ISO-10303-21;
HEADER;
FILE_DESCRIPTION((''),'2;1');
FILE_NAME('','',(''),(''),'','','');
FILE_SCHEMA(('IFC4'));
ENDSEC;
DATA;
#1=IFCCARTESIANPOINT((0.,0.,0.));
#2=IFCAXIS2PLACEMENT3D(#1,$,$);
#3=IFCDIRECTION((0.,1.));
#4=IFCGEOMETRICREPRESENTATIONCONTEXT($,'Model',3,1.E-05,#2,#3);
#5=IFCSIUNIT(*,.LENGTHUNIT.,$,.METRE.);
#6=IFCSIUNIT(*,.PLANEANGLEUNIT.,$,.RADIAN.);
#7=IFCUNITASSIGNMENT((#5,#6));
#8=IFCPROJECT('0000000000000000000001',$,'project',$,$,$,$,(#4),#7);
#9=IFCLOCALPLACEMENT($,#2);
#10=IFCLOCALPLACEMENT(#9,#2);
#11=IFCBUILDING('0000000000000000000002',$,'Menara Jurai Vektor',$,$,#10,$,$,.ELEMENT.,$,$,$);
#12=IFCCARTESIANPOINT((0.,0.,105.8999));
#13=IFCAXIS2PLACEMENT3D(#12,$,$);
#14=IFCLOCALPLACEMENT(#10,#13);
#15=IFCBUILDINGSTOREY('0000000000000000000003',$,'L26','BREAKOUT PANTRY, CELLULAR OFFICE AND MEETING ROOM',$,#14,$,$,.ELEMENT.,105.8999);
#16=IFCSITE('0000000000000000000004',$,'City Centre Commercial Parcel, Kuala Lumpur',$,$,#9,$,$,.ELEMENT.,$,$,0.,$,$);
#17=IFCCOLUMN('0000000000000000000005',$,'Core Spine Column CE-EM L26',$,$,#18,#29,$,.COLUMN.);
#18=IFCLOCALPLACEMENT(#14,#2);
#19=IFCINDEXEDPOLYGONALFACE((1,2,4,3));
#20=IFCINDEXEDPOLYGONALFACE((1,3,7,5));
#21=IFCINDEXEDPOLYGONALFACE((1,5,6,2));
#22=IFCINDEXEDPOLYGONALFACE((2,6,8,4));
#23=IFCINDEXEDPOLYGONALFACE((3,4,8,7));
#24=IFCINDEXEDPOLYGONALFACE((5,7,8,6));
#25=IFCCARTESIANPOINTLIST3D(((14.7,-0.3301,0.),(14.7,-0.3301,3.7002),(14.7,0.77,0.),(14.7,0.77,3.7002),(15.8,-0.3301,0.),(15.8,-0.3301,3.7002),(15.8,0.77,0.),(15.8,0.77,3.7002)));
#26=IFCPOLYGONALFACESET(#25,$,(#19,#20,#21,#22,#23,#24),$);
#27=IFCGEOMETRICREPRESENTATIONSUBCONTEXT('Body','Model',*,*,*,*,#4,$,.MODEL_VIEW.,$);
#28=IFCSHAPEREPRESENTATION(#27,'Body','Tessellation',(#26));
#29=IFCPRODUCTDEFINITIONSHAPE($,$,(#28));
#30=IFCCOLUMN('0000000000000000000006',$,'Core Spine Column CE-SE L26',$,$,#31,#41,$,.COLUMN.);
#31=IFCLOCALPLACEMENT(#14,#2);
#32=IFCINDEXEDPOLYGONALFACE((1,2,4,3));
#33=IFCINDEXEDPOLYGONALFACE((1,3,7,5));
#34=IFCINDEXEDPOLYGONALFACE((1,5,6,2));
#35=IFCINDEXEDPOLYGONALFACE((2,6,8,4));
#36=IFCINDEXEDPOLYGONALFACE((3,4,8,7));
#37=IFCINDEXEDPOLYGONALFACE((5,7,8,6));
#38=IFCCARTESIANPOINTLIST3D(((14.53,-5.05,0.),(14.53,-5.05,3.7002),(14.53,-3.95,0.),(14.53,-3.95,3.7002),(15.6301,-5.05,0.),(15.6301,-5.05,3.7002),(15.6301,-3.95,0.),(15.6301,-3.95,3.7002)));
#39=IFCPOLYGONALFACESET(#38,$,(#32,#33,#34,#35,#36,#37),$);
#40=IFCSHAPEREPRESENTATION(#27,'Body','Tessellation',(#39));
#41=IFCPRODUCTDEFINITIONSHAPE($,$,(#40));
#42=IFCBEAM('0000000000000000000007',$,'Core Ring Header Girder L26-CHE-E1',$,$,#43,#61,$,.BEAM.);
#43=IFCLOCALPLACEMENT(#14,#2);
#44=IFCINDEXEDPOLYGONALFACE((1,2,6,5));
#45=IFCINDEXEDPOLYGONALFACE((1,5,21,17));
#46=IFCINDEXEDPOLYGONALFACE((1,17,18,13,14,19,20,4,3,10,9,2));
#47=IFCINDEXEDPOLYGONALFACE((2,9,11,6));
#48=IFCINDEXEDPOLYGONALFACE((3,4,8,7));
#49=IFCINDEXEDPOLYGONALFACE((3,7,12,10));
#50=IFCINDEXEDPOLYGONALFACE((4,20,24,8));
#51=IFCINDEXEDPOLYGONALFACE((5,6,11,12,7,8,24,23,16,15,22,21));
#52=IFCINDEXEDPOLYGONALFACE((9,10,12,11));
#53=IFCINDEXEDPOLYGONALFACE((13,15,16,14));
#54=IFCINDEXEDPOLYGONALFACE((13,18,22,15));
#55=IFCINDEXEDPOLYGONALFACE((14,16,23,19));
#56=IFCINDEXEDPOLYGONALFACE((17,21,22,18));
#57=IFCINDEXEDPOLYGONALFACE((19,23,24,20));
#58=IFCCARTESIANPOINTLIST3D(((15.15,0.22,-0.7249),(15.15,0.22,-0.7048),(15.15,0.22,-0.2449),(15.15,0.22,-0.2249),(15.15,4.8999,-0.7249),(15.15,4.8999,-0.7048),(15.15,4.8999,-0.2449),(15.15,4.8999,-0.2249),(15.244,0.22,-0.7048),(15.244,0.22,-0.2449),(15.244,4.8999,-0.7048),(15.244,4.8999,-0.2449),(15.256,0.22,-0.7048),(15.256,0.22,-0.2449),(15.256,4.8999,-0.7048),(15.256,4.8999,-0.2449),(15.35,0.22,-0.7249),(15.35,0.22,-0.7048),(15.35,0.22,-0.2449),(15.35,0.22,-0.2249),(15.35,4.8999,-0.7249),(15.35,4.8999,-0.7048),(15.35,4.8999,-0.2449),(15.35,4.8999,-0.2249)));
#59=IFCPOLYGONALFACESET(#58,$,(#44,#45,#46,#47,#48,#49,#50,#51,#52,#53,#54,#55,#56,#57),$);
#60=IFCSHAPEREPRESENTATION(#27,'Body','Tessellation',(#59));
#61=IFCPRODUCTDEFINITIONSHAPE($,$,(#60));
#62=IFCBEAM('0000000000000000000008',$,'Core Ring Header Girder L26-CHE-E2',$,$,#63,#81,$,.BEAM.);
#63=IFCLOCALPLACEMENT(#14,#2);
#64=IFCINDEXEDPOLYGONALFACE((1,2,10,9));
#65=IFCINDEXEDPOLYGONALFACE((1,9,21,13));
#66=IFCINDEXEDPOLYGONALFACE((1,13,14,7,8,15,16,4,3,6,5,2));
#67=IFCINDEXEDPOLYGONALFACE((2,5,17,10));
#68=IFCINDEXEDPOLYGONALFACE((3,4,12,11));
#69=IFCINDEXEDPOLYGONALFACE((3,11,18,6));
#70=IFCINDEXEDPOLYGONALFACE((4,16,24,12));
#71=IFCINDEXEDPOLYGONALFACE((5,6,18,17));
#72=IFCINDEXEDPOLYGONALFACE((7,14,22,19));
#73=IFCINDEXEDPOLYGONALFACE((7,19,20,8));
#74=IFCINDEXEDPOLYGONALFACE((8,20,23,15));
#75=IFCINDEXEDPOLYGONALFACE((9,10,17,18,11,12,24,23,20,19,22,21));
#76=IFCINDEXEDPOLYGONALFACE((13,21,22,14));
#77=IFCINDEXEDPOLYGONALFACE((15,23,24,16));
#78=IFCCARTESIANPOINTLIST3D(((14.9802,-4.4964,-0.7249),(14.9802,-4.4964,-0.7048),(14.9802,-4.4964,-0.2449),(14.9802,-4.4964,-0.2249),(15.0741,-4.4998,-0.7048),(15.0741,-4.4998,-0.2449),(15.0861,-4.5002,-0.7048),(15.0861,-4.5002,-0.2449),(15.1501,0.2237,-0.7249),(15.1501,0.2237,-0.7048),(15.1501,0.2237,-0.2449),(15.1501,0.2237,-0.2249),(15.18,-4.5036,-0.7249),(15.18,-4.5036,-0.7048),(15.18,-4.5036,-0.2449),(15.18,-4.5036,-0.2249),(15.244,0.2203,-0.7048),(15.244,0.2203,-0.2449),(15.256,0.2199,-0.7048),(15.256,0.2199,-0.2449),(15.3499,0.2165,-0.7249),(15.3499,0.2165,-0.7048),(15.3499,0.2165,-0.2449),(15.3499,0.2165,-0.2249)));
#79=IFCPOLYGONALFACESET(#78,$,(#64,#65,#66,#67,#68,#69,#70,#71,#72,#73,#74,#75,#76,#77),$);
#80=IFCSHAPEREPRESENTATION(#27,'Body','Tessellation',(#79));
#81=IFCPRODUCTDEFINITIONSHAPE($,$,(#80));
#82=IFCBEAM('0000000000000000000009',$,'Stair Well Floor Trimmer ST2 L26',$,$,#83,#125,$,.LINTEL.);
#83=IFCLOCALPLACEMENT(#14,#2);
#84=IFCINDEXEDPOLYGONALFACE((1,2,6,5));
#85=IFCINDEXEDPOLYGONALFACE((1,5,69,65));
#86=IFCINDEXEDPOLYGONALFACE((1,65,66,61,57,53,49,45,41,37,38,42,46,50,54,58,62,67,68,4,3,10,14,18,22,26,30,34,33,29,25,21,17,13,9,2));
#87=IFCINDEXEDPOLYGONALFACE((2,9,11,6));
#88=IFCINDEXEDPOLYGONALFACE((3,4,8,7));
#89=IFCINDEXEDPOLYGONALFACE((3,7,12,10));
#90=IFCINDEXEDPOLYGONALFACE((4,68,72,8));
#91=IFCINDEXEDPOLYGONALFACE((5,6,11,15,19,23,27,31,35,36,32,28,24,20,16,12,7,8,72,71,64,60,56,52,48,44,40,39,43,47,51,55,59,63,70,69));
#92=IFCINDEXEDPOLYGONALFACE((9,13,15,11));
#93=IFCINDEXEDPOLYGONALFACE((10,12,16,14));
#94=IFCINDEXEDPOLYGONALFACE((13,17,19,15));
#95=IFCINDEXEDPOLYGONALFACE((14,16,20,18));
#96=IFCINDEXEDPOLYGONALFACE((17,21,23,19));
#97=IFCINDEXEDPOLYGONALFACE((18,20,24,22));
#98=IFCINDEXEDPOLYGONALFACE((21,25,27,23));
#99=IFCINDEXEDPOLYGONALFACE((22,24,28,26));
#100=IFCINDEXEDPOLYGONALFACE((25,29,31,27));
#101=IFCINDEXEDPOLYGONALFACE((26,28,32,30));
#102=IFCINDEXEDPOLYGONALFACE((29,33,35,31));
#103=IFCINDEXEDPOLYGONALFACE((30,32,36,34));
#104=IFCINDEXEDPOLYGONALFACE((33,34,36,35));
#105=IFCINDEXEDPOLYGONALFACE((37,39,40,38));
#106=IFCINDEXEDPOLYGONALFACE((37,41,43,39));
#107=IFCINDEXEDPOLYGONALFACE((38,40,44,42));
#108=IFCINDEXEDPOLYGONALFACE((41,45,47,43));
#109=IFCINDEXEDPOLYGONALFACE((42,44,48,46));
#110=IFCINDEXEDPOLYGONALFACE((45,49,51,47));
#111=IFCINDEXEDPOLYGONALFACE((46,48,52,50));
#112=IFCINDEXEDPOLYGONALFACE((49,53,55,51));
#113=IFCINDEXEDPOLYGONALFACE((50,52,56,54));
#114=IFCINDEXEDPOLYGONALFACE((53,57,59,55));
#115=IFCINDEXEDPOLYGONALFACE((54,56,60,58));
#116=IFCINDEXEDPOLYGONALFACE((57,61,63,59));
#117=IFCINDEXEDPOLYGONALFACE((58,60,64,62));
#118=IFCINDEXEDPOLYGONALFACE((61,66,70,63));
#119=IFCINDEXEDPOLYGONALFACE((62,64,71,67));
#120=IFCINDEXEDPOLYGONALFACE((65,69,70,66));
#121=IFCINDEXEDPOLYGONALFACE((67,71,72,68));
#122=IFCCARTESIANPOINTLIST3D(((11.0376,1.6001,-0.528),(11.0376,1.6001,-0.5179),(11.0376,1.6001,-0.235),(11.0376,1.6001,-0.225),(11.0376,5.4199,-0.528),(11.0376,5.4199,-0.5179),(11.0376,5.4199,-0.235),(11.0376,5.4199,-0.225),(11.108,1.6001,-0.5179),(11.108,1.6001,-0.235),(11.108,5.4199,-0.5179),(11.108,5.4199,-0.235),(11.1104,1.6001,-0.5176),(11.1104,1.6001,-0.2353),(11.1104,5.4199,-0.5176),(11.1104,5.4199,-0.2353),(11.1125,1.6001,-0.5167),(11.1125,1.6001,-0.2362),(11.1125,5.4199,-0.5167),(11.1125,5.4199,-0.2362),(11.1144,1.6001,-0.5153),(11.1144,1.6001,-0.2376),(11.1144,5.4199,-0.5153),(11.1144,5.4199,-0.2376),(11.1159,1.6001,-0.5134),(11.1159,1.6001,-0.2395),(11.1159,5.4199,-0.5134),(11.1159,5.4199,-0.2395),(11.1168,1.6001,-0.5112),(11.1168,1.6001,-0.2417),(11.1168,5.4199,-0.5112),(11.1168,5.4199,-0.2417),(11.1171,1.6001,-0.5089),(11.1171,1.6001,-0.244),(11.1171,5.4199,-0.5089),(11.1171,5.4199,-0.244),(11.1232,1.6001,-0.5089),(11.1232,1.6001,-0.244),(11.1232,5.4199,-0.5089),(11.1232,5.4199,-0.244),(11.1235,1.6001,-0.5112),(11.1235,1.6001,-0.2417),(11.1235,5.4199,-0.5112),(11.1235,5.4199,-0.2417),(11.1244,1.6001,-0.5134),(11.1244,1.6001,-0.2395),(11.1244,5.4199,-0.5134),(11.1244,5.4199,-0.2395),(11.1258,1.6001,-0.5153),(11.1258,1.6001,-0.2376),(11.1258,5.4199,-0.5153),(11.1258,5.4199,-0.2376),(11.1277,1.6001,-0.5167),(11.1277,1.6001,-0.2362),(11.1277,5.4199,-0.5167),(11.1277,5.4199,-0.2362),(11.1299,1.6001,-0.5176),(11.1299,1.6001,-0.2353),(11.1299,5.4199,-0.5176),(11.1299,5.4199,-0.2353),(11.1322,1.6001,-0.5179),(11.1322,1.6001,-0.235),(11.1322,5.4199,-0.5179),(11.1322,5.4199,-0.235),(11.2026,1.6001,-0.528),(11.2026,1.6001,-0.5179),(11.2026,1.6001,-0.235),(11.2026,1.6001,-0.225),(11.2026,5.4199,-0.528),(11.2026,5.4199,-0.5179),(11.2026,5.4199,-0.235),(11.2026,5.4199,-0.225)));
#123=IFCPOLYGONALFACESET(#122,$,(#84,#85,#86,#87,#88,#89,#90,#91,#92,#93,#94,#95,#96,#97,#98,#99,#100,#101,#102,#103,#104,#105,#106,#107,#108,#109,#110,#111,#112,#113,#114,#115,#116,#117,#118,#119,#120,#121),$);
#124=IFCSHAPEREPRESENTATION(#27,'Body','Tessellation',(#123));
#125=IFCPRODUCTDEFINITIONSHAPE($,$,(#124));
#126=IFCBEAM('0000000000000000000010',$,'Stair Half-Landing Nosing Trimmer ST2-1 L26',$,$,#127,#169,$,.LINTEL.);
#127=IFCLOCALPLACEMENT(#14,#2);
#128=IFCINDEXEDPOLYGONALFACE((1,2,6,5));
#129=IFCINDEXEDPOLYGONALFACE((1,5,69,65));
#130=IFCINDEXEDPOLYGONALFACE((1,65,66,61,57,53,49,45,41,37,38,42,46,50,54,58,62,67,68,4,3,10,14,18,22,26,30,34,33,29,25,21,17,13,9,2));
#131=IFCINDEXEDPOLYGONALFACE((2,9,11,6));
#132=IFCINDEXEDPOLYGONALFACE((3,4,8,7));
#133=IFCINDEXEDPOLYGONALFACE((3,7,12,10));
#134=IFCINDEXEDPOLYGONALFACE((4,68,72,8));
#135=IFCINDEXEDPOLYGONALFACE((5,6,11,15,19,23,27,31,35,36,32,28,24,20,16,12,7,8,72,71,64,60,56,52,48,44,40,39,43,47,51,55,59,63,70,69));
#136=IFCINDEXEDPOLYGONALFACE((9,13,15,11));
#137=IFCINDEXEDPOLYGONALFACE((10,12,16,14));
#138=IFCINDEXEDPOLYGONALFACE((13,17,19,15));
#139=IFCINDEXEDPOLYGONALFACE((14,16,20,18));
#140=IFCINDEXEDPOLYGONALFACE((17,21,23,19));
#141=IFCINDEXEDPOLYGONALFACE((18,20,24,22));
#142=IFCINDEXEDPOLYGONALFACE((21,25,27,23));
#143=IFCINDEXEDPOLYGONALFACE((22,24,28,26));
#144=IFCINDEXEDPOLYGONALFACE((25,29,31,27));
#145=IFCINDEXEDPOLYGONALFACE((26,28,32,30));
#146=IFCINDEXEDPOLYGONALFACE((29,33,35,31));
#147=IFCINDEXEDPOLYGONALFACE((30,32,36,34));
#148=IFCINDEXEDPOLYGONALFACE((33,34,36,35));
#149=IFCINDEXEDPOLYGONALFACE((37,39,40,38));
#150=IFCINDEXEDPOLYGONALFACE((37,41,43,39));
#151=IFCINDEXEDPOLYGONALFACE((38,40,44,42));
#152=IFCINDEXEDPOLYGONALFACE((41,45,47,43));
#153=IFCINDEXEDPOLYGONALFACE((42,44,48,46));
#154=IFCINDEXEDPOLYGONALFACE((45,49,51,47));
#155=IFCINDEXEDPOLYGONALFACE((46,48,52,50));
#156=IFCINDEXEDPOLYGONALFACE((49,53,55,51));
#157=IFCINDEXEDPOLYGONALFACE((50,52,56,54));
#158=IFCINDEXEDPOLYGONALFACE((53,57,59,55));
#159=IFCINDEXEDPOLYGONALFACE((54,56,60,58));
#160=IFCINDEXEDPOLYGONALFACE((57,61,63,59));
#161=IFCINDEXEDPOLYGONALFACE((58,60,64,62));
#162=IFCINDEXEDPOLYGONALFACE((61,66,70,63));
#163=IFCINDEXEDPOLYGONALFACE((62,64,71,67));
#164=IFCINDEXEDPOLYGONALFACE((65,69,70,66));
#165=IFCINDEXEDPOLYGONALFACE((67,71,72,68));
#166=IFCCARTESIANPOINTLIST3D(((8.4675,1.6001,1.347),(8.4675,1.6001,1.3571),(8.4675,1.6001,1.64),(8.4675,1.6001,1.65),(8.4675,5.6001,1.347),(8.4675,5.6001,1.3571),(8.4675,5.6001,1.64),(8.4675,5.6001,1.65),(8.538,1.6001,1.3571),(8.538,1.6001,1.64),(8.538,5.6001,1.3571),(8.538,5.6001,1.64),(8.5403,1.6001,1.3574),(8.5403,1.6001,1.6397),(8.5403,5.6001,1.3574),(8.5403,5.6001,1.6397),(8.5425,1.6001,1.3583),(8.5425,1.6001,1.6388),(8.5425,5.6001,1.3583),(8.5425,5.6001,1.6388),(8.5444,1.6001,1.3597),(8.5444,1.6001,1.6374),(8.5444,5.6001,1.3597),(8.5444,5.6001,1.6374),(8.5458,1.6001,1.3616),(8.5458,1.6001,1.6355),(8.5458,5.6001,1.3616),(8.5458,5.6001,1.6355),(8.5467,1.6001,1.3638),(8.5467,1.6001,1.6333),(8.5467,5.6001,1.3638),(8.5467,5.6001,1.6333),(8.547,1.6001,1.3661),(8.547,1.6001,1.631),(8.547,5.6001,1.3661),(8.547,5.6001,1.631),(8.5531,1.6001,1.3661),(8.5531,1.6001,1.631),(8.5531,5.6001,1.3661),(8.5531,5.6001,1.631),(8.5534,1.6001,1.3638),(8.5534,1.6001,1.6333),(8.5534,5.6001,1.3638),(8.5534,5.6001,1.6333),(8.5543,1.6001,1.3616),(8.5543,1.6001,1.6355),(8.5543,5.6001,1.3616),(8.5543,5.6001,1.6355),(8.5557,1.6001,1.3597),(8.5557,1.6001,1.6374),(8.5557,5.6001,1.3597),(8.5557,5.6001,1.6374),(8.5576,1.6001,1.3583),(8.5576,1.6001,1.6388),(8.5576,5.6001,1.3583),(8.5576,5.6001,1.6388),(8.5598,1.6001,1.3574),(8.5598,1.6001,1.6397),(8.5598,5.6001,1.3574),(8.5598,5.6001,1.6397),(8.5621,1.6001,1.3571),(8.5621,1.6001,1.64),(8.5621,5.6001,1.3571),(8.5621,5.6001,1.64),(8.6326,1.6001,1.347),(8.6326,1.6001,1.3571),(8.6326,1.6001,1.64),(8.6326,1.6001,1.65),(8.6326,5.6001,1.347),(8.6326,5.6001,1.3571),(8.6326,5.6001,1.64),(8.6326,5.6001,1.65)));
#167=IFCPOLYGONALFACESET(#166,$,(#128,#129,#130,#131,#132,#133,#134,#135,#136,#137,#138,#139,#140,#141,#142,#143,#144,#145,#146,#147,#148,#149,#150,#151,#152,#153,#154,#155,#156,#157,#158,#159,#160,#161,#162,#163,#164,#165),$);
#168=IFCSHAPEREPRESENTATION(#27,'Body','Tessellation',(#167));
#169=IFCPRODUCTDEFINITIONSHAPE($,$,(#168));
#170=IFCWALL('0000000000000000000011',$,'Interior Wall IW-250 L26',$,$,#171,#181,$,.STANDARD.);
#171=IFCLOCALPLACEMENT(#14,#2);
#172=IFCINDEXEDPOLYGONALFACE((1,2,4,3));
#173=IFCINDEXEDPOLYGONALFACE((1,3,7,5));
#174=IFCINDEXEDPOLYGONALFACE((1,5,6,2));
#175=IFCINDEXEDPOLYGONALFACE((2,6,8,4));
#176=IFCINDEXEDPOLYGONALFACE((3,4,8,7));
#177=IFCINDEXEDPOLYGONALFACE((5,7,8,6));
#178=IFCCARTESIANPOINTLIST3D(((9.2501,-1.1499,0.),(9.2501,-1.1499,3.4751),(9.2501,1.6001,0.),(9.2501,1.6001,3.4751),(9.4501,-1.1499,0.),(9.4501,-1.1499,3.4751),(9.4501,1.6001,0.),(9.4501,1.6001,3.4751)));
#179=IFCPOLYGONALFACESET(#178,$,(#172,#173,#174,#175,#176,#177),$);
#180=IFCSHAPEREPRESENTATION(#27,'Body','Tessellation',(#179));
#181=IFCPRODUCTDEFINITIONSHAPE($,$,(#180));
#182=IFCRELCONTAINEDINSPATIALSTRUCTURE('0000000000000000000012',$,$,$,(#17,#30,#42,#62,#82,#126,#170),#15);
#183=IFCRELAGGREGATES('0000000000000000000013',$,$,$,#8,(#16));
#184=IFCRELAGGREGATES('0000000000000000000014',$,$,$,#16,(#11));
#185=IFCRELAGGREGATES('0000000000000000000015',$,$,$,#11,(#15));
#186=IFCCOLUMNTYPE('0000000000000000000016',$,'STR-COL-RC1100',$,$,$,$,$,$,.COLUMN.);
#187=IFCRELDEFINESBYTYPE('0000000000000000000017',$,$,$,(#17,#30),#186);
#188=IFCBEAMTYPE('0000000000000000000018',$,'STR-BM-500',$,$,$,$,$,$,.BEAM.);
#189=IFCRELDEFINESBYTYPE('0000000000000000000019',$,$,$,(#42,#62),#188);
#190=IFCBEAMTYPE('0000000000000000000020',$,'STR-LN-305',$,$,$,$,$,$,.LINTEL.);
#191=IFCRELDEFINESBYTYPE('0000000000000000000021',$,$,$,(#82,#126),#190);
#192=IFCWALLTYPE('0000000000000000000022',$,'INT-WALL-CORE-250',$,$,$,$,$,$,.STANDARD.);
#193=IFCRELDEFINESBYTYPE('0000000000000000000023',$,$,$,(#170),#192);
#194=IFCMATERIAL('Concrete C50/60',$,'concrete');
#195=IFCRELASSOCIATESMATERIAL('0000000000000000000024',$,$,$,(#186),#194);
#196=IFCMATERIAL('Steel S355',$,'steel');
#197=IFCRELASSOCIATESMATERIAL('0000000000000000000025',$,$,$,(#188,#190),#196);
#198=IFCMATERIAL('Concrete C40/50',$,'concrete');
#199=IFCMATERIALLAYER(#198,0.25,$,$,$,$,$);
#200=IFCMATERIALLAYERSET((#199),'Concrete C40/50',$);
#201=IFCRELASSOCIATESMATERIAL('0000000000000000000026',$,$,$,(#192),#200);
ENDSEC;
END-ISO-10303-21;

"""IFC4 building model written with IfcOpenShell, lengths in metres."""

from ifc_helpers import new_model, si_unit, direction, frame, frame_2d, origin, origin_2d, place, context, subcontext, project, spatial, rectangle, i_section, extrude, material, layer, layer_set, material_profile, profile_set, type_object, element, save


model = new_model("IFC4")

# Units and contexts
model_context = context("Model", 3, precision=1e-05, world=origin(), true_north=direction((0.0, 1.0)))
body_context = subcontext(model_context, "Body", "Model", "MODEL_VIEW")
ifc_project = project(units=[si_unit("LENGTHUNIT", "METRE"), si_unit("PLANEANGLEUNIT", "RADIAN")], contexts=[model_context])

# Site, building, storey
site_placement = place(None, origin())
site = spatial("IfcSite", under=ifc_project, at=site_placement, Name="City Centre Commercial Parcel, Kuala Lumpur", CompositionType="ELEMENT", RefElevation=0.0)
building_placement = place(site_placement, origin())
building = spatial("IfcBuilding", under=site, at=building_placement, Name="Menara Jurai Vektor", CompositionType="ELEMENT")
storey_placement = place(building_placement, frame((0.0, 0.0, 105.8999)))
storey = spatial("IfcBuildingStorey", under=building, at=storey_placement, Name="L26", Description="BREAKOUT PANTRY, CELLULAR OFFICE AND MEETING ROOM", CompositionType="ELEMENT", Elevation=105.8999)

# Columns
ifc_material_1 = material(Name="Concrete C50/60", Category="concrete")
ifc_material_profile_1 = material_profile(ifc_material_1, rectangle(XDim=1.1001, YDim=1.1001, at=origin_2d()), Name="RC 1100x1100")
ifc_profile_set_1 = profile_set([ifc_material_profile_1], Name="Concrete C50/60")
column_type = type_object("IfcColumnType", Name="STR-COL-RC1100", PredefinedType="COLUMN", material=ifc_profile_set_1)
for number, where, z_axis, x_axis, name in (
    (1, (15.25, 0.22, 0.0), (0.0, 0.0, 1.0), (1.0, 0.0, 0.0), "Core Spine Column CE-EM L26"),
    (2, (15.0801, -4.5, 0.0), (0.0, 0.0, 1.0), (1.0, 0.0, 0.0), "Core Spine Column CE-SE L26"),
):
    element("IfcColumn", number, at=place(storey_placement, frame(where, z_axis=z_axis, x_axis=x_axis)), inside=storey, type_object=column_type, Name=name, PredefinedType="COLUMN", context=body_context, shape_type="SweptSolid", body=[
        extrude(rectangle(XDim=1.1001, YDim=1.1001, at=origin_2d()), origin(), (0.0, 0.0, 1.0), 3.7002),
    ])

# Beams
ifc_material_2 = material(Name="Steel S355", Category="steel")
ifc_material_profile_2 = material_profile(ifc_material_2, i_section(OverallWidth=0.2, OverallDepth=0.5, WebThickness=0.012, FlangeThickness=0.02, at=origin_2d()), Name="PG 500x200x96")
ifc_profile_set_2 = profile_set([ifc_material_profile_2], Name="Steel S355")
beam_type_1 = type_object("IfcBeamType", Name="STR-BM-500", PredefinedType="BEAM", material=ifc_profile_set_2)
beam_1_placement = place(storey_placement, frame((15.25, 0.22, -0.4749), z_axis=(0.0, 1.0, 0.0), x_axis=(-1.0, 0.0, 0.0)))
element("IfcBeam", 3, at=beam_1_placement, inside=storey, type_object=beam_type_1, Name="Core Ring Header Girder L26-CHE-E1", PredefinedType="BEAM", context=body_context, shape_type="SweptSolid", body=[
    extrude(i_section(OverallWidth=0.2, OverallDepth=0.5, WebThickness=0.012, FlangeThickness=0.02, at=origin_2d()), origin(), (0.0, 0.0, 1.0), 4.6799),
])
beam_2_placement = place(storey_placement, frame((15.0801, -4.5, -0.4749), z_axis=(0.035977, 0.999353, 0.0), x_axis=(-0.999353, 0.035977, 0.0)))
element("IfcBeam", 4, at=beam_2_placement, inside=storey, type_object=beam_type_1, Name="Core Ring Header Girder L26-CHE-E2", PredefinedType="BEAM", context=body_context, shape_type="SweptSolid", body=[
    extrude(i_section(OverallWidth=0.2, OverallDepth=0.5, WebThickness=0.012, FlangeThickness=0.02, at=origin_2d()), origin(), (0.0, 0.0, 1.0), 4.7231),
])
ifc_material_profile_3 = material_profile(ifc_material_2, i_section(OverallWidth=0.165, OverallDepth=0.303, WebThickness=0.0061, FlangeThickness=0.01, FilletRadius=0.009, at=origin_2d()), Name="UKB 305x165x40")
ifc_profile_set_3 = profile_set([ifc_material_profile_3], Name="Steel S355")
beam_type_2 = type_object("IfcBeamType", Name="STR-LN-305", PredefinedType="LINTEL", material=ifc_profile_set_3)
beam_3_placement = place(storey_placement, frame((11.1201, 1.6001, -0.3765), z_axis=(0.0, 1.0, 0.0), x_axis=(-1.0, 0.0, 0.0)))
element("IfcBeam", 5, at=beam_3_placement, inside=storey, type_object=beam_type_2, Name="Stair Well Floor Trimmer ST2 L26", PredefinedType="LINTEL", context=body_context, shape_type="SweptSolid", body=[
    extrude(i_section(OverallWidth=0.165, OverallDepth=0.303, WebThickness=0.0061, FlangeThickness=0.01, FilletRadius=0.009, at=origin_2d()), origin(), (0.0, 0.0, 1.0), 3.8198),
])
beam_4_placement = place(storey_placement, frame((8.55, 1.6001, 1.4985), z_axis=(0.0, 1.0, 0.0), x_axis=(-1.0, 0.0, 0.0)))
element("IfcBeam", 6, at=beam_4_placement, inside=storey, type_object=beam_type_2, Name="Stair Half-Landing Nosing Trimmer ST2-1 L26", PredefinedType="LINTEL", context=body_context, shape_type="SweptSolid", body=[
    extrude(i_section(OverallWidth=0.165, OverallDepth=0.303, WebThickness=0.0061, FlangeThickness=0.01, FilletRadius=0.009, at=origin_2d()), origin(), (0.0, 0.0, 1.0), 4.0),
])

# Shared definitions
ifc_material_3 = material(Name="Concrete C40/50", Category="concrete")
ifc_layer_1 = layer(ifc_material_3, 0.25)
ifc_layer_set_1 = layer_set([ifc_layer_1], Name="Concrete C40/50")
wall_type_1 = type_object("IfcWallType", Name="INT-WALL-CORE-250", PredefinedType="STANDARD", material=ifc_layer_set_1)

# Wall
wall_1_placement = place(storey_placement, frame((9.3501, -1.1499, 0.0), z_axis=(0.0, 0.0, 1.0), x_axis=(0.0, 1.0, 0.0)))
element("IfcWall", 7, at=wall_1_placement, inside=storey, type_object=wall_type_1, Name="Interior Wall IW-250 L26", PredefinedType="STANDARD", context=body_context, shape_type="SweptSolid", body=[
    extrude(rectangle(XDim=2.75, YDim=0.2, at=frame_2d((1.375, 0.0))), origin(), (0.0, 0.0, 1.0), 3.4751),
])

save(model, "model.ifc")
